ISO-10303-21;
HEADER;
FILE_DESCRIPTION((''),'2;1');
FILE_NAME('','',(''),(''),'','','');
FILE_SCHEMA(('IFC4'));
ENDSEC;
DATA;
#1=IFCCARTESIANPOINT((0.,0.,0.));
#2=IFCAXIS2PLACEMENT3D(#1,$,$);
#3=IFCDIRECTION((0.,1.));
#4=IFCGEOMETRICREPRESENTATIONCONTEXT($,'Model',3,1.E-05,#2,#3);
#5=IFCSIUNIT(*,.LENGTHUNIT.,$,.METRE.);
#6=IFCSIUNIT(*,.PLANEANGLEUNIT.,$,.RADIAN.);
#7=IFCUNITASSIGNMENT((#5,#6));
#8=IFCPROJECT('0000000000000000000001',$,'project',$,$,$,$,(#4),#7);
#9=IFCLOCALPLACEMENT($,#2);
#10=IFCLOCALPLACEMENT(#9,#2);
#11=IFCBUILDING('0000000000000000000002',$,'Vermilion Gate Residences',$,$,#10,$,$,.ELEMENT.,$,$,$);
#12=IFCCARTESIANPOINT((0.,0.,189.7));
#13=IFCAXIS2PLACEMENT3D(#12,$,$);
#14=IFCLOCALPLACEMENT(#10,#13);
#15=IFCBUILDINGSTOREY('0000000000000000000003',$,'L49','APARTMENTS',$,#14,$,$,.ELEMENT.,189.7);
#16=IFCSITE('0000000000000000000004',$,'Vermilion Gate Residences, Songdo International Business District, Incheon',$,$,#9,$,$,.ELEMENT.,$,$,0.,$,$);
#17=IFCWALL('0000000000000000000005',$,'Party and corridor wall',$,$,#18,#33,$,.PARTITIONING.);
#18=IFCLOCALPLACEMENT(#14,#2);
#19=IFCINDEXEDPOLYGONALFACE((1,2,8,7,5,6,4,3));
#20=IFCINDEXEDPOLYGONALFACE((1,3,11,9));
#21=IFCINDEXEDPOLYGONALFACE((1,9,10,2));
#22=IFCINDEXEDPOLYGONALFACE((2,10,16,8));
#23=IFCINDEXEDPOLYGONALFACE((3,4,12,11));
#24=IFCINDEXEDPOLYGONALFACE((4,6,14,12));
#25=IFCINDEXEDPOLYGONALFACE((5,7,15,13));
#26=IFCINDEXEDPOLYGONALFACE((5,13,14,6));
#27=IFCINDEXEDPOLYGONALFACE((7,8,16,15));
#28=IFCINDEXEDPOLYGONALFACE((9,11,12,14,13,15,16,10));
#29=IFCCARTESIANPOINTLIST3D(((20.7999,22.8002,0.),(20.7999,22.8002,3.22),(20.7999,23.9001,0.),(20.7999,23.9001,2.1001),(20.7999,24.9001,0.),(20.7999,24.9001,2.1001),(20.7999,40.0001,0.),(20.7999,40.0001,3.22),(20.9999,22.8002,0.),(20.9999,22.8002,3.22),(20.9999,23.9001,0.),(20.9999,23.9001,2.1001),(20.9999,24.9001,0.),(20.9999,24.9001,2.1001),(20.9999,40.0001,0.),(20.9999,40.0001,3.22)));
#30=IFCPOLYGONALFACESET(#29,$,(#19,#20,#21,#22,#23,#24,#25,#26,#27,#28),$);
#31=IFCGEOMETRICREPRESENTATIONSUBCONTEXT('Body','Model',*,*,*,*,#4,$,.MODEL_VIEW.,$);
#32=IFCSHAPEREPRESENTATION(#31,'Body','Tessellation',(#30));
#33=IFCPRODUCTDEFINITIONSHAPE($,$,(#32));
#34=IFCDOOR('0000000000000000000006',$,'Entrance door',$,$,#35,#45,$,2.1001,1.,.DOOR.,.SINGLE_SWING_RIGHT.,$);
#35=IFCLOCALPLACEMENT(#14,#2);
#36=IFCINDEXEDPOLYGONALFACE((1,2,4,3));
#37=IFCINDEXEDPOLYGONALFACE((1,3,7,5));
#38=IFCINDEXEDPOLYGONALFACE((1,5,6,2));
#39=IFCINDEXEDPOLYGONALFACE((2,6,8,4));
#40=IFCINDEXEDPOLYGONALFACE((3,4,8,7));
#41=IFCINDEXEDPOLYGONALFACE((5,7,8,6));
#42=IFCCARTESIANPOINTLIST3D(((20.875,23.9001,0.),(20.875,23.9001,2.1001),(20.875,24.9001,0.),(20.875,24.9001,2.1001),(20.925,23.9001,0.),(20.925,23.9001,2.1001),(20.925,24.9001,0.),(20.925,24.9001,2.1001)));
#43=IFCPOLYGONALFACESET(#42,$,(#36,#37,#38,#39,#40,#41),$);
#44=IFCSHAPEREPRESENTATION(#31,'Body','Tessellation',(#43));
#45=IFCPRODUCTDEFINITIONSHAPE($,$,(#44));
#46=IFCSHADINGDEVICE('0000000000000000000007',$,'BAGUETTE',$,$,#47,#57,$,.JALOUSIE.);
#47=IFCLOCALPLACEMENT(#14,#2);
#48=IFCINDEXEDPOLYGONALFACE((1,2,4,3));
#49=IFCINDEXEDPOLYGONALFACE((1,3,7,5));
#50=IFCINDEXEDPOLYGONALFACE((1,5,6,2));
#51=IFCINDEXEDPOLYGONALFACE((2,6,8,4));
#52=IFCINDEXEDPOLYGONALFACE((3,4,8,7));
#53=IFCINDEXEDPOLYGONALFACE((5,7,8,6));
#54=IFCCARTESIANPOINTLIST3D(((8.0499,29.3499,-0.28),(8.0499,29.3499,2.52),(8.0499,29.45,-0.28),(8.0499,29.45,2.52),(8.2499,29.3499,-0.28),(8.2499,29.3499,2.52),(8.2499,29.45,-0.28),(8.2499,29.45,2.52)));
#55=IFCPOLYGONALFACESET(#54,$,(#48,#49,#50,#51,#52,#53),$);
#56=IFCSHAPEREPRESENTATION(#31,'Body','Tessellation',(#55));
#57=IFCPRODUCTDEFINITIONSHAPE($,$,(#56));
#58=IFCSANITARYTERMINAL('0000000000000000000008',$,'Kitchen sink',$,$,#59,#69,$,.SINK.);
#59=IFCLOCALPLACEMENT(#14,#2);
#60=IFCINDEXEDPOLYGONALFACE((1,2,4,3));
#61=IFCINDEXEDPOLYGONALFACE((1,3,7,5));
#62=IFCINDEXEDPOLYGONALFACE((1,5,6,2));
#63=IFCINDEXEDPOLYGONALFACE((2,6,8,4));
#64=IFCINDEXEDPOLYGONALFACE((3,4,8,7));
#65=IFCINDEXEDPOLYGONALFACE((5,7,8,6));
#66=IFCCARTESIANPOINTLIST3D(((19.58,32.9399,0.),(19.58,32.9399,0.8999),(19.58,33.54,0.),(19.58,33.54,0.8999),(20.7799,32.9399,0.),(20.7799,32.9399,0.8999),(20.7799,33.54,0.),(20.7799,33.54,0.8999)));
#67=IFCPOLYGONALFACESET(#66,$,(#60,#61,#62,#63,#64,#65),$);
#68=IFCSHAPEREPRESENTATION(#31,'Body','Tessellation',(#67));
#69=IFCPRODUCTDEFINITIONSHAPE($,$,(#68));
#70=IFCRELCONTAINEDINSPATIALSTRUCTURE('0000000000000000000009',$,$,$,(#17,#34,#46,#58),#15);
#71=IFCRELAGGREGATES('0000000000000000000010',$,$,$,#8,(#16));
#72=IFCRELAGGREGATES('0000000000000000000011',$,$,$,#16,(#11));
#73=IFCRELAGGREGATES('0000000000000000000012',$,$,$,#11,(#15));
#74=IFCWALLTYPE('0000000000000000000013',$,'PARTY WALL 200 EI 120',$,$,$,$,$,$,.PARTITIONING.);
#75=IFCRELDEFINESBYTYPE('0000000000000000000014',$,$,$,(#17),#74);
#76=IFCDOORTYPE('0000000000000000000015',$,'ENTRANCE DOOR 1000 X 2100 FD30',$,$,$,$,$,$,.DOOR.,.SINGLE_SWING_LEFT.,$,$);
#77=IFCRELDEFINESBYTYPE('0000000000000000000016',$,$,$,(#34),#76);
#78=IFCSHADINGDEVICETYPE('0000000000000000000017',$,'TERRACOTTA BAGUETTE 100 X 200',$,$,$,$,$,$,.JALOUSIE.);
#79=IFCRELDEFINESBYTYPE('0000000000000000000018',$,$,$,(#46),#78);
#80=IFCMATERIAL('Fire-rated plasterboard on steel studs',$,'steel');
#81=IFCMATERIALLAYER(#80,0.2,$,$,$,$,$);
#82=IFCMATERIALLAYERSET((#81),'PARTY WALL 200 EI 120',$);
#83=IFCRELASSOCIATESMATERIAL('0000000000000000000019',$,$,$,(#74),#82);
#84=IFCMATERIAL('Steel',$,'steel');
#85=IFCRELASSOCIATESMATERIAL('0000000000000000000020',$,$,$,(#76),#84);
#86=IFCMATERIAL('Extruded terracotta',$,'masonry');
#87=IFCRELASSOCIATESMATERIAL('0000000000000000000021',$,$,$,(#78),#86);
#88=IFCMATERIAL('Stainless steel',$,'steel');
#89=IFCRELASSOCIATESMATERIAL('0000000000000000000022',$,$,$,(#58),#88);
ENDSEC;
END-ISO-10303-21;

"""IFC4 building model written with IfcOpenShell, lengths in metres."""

from ifc_helpers import new_model, si_unit, direction, frame, frame_2d, origin, origin_2d, place, context, subcontext, project, spatial, rectangle, extrude, material, layer, layer_set, material_profile, profile_set, type_object, element, fill, save


model = new_model("IFC4")

# Units and contexts
model_context = context("Model", 3, precision=1e-05, world=origin(), true_north=direction((0.0, 1.0)))
body_context = subcontext(model_context, "Body", "Model", "MODEL_VIEW")
ifc_project = project(units=[si_unit("LENGTHUNIT", "METRE"), si_unit("PLANEANGLEUNIT", "RADIAN")], contexts=[model_context])

# Site, building, storey
site_placement = place(None, origin())
site = spatial("IfcSite", under=ifc_project, at=site_placement, Name="Vermilion Gate Residences, Songdo International Business District, Incheon", CompositionType="ELEMENT", RefElevation=0.0)
building_placement = place(site_placement, origin())
building = spatial("IfcBuilding", under=site, at=building_placement, Name="Vermilion Gate Residences", CompositionType="ELEMENT")
storey_placement = place(building_placement, frame((0.0, 0.0, 189.7)))
storey = spatial("IfcBuildingStorey", under=building, at=storey_placement, Name="L49", Description="APARTMENTS", CompositionType="ELEMENT", Elevation=189.7)

# Shared definitions
ifc_material_1 = material(Name="Fire-rated plasterboard on steel studs", Category="steel")
ifc_layer_1 = layer(ifc_material_1, 0.2)
ifc_layer_set_1 = layer_set([ifc_layer_1], Name="PARTY WALL 200 EI 120")
wall_type_1 = type_object("IfcWallType", Name="PARTY WALL 200 EI 120", PredefinedType="PARTITIONING", material=ifc_layer_set_1)

# Wall, opening, door
wall_1_placement = place(storey_placement, frame((20.8999, 22.8, 0.0), z_axis=(0.0, 0.0, 1.0), x_axis=(0.0, 1.0, 0.0)))
wall_1 = element("IfcWall", 1, at=wall_1_placement, inside=storey, type_object=wall_type_1, Name="Party and corridor wall", PredefinedType="PARTITIONING", context=body_context, shape_type="SweptSolid", body=[
    extrude(rectangle(XDim=17.2, YDim=0.2, at=frame_2d((8.6001, 0.0))), origin(), (0.0, 0.0, 1.0), 3.22),
])
opening_1_placement = place(wall_1_placement, frame((1.1001, 0.0, 0.0)))
opening_1 = element("IfcOpeningElement", 2, at=opening_1_placement, cuts=wall_1, PredefinedType="OPENING", context=body_context, shape_type="SweptSolid", body=[
    extrude(rectangle(XDim=1.0, YDim=2.1001, at=frame_2d((0.5, 1.05))), frame((0.0, 0.1099, 0.0), z_axis=(0.0, -1.0, 0.0), x_axis=(1.0, 0.0, 0.0)), (0.0, 0.0, 1.0), 0.22),
])
ifc_material_2 = material(Name="Steel", Category="steel")
door_type_1 = type_object("IfcDoorType", Name="ENTRANCE DOOR 1000 X 2100 FD30", OperationType="SINGLE_SWING_LEFT", PredefinedType="DOOR", material=ifc_material_2)
door_1_placement = place(opening_1_placement, origin())
door_1 = element("IfcDoor", 3, at=door_1_placement, inside=storey, type_object=door_type_1, Name="Entrance door", OperationType="SINGLE_SWING_RIGHT", OverallHeight=2.1001, OverallWidth=1.0, PredefinedType="DOOR", context=body_context, shape_type="SweptSolid", body=[
    extrude(rectangle(XDim=1.0, YDim=2.1001, at=frame_2d((0.5, 1.05))), frame((0.0, 0.0249, 0.0), z_axis=(0.0, -1.0, 0.0), x_axis=(1.0, 0.0, 0.0)), (0.0, 0.0, 1.0), 0.05),
])
fill(opening_1, door_1)

# Shading device
ifc_material_3 = material(Name="Extruded terracotta", Category="masonry")
ifc_material_profile_1 = material_profile(ifc_material_3, rectangle(XDim=0.2, YDim=0.1001, at=origin_2d()), Name="BAGUETTE 100 X 200")
ifc_profile_set_1 = profile_set([ifc_material_profile_1], Name="Extruded terracotta")
shading_device_type = type_object("IfcShadingDeviceType", Name="TERRACOTTA BAGUETTE 100 X 200", PredefinedType="JALOUSIE", material=ifc_profile_set_1)
shading_device_placement = place(storey_placement, frame((8.1499, 29.3999, -0.28), z_axis=(0.0, 0.0, 1.0), x_axis=(1.0, 0.0, 0.0)))
element("IfcShadingDevice", 4, at=shading_device_placement, inside=storey, type_object=shading_device_type, Name="BAGUETTE", PredefinedType="JALOUSIE", context=body_context, shape_type="SweptSolid", body=[
    extrude(rectangle(XDim=0.2, YDim=0.1001, at=origin_2d()), origin(), (0.0, 0.0, 1.0), 2.8),
])

# Sanitary terminal
ifc_material_4 = material(Name="Stainless steel", Category="steel")
sanitary_terminal_placement = place(storey_placement, frame((20.1799, 33.24, 0.0), z_axis=(0.0, 0.0, 1.0), x_axis=(1.0, 0.0, 0.0)))
element("IfcSanitaryTerminal", 5, at=sanitary_terminal_placement, inside=storey, material=ifc_material_4, Name="Kitchen sink", PredefinedType="SINK", context=body_context, shape_type="SweptSolid", body=[
    extrude(rectangle(XDim=1.2, YDim=0.6001, at=origin_2d()), origin(), (0.0, 0.0, 1.0), 0.8999),
])

save(model, "model.ifc")
